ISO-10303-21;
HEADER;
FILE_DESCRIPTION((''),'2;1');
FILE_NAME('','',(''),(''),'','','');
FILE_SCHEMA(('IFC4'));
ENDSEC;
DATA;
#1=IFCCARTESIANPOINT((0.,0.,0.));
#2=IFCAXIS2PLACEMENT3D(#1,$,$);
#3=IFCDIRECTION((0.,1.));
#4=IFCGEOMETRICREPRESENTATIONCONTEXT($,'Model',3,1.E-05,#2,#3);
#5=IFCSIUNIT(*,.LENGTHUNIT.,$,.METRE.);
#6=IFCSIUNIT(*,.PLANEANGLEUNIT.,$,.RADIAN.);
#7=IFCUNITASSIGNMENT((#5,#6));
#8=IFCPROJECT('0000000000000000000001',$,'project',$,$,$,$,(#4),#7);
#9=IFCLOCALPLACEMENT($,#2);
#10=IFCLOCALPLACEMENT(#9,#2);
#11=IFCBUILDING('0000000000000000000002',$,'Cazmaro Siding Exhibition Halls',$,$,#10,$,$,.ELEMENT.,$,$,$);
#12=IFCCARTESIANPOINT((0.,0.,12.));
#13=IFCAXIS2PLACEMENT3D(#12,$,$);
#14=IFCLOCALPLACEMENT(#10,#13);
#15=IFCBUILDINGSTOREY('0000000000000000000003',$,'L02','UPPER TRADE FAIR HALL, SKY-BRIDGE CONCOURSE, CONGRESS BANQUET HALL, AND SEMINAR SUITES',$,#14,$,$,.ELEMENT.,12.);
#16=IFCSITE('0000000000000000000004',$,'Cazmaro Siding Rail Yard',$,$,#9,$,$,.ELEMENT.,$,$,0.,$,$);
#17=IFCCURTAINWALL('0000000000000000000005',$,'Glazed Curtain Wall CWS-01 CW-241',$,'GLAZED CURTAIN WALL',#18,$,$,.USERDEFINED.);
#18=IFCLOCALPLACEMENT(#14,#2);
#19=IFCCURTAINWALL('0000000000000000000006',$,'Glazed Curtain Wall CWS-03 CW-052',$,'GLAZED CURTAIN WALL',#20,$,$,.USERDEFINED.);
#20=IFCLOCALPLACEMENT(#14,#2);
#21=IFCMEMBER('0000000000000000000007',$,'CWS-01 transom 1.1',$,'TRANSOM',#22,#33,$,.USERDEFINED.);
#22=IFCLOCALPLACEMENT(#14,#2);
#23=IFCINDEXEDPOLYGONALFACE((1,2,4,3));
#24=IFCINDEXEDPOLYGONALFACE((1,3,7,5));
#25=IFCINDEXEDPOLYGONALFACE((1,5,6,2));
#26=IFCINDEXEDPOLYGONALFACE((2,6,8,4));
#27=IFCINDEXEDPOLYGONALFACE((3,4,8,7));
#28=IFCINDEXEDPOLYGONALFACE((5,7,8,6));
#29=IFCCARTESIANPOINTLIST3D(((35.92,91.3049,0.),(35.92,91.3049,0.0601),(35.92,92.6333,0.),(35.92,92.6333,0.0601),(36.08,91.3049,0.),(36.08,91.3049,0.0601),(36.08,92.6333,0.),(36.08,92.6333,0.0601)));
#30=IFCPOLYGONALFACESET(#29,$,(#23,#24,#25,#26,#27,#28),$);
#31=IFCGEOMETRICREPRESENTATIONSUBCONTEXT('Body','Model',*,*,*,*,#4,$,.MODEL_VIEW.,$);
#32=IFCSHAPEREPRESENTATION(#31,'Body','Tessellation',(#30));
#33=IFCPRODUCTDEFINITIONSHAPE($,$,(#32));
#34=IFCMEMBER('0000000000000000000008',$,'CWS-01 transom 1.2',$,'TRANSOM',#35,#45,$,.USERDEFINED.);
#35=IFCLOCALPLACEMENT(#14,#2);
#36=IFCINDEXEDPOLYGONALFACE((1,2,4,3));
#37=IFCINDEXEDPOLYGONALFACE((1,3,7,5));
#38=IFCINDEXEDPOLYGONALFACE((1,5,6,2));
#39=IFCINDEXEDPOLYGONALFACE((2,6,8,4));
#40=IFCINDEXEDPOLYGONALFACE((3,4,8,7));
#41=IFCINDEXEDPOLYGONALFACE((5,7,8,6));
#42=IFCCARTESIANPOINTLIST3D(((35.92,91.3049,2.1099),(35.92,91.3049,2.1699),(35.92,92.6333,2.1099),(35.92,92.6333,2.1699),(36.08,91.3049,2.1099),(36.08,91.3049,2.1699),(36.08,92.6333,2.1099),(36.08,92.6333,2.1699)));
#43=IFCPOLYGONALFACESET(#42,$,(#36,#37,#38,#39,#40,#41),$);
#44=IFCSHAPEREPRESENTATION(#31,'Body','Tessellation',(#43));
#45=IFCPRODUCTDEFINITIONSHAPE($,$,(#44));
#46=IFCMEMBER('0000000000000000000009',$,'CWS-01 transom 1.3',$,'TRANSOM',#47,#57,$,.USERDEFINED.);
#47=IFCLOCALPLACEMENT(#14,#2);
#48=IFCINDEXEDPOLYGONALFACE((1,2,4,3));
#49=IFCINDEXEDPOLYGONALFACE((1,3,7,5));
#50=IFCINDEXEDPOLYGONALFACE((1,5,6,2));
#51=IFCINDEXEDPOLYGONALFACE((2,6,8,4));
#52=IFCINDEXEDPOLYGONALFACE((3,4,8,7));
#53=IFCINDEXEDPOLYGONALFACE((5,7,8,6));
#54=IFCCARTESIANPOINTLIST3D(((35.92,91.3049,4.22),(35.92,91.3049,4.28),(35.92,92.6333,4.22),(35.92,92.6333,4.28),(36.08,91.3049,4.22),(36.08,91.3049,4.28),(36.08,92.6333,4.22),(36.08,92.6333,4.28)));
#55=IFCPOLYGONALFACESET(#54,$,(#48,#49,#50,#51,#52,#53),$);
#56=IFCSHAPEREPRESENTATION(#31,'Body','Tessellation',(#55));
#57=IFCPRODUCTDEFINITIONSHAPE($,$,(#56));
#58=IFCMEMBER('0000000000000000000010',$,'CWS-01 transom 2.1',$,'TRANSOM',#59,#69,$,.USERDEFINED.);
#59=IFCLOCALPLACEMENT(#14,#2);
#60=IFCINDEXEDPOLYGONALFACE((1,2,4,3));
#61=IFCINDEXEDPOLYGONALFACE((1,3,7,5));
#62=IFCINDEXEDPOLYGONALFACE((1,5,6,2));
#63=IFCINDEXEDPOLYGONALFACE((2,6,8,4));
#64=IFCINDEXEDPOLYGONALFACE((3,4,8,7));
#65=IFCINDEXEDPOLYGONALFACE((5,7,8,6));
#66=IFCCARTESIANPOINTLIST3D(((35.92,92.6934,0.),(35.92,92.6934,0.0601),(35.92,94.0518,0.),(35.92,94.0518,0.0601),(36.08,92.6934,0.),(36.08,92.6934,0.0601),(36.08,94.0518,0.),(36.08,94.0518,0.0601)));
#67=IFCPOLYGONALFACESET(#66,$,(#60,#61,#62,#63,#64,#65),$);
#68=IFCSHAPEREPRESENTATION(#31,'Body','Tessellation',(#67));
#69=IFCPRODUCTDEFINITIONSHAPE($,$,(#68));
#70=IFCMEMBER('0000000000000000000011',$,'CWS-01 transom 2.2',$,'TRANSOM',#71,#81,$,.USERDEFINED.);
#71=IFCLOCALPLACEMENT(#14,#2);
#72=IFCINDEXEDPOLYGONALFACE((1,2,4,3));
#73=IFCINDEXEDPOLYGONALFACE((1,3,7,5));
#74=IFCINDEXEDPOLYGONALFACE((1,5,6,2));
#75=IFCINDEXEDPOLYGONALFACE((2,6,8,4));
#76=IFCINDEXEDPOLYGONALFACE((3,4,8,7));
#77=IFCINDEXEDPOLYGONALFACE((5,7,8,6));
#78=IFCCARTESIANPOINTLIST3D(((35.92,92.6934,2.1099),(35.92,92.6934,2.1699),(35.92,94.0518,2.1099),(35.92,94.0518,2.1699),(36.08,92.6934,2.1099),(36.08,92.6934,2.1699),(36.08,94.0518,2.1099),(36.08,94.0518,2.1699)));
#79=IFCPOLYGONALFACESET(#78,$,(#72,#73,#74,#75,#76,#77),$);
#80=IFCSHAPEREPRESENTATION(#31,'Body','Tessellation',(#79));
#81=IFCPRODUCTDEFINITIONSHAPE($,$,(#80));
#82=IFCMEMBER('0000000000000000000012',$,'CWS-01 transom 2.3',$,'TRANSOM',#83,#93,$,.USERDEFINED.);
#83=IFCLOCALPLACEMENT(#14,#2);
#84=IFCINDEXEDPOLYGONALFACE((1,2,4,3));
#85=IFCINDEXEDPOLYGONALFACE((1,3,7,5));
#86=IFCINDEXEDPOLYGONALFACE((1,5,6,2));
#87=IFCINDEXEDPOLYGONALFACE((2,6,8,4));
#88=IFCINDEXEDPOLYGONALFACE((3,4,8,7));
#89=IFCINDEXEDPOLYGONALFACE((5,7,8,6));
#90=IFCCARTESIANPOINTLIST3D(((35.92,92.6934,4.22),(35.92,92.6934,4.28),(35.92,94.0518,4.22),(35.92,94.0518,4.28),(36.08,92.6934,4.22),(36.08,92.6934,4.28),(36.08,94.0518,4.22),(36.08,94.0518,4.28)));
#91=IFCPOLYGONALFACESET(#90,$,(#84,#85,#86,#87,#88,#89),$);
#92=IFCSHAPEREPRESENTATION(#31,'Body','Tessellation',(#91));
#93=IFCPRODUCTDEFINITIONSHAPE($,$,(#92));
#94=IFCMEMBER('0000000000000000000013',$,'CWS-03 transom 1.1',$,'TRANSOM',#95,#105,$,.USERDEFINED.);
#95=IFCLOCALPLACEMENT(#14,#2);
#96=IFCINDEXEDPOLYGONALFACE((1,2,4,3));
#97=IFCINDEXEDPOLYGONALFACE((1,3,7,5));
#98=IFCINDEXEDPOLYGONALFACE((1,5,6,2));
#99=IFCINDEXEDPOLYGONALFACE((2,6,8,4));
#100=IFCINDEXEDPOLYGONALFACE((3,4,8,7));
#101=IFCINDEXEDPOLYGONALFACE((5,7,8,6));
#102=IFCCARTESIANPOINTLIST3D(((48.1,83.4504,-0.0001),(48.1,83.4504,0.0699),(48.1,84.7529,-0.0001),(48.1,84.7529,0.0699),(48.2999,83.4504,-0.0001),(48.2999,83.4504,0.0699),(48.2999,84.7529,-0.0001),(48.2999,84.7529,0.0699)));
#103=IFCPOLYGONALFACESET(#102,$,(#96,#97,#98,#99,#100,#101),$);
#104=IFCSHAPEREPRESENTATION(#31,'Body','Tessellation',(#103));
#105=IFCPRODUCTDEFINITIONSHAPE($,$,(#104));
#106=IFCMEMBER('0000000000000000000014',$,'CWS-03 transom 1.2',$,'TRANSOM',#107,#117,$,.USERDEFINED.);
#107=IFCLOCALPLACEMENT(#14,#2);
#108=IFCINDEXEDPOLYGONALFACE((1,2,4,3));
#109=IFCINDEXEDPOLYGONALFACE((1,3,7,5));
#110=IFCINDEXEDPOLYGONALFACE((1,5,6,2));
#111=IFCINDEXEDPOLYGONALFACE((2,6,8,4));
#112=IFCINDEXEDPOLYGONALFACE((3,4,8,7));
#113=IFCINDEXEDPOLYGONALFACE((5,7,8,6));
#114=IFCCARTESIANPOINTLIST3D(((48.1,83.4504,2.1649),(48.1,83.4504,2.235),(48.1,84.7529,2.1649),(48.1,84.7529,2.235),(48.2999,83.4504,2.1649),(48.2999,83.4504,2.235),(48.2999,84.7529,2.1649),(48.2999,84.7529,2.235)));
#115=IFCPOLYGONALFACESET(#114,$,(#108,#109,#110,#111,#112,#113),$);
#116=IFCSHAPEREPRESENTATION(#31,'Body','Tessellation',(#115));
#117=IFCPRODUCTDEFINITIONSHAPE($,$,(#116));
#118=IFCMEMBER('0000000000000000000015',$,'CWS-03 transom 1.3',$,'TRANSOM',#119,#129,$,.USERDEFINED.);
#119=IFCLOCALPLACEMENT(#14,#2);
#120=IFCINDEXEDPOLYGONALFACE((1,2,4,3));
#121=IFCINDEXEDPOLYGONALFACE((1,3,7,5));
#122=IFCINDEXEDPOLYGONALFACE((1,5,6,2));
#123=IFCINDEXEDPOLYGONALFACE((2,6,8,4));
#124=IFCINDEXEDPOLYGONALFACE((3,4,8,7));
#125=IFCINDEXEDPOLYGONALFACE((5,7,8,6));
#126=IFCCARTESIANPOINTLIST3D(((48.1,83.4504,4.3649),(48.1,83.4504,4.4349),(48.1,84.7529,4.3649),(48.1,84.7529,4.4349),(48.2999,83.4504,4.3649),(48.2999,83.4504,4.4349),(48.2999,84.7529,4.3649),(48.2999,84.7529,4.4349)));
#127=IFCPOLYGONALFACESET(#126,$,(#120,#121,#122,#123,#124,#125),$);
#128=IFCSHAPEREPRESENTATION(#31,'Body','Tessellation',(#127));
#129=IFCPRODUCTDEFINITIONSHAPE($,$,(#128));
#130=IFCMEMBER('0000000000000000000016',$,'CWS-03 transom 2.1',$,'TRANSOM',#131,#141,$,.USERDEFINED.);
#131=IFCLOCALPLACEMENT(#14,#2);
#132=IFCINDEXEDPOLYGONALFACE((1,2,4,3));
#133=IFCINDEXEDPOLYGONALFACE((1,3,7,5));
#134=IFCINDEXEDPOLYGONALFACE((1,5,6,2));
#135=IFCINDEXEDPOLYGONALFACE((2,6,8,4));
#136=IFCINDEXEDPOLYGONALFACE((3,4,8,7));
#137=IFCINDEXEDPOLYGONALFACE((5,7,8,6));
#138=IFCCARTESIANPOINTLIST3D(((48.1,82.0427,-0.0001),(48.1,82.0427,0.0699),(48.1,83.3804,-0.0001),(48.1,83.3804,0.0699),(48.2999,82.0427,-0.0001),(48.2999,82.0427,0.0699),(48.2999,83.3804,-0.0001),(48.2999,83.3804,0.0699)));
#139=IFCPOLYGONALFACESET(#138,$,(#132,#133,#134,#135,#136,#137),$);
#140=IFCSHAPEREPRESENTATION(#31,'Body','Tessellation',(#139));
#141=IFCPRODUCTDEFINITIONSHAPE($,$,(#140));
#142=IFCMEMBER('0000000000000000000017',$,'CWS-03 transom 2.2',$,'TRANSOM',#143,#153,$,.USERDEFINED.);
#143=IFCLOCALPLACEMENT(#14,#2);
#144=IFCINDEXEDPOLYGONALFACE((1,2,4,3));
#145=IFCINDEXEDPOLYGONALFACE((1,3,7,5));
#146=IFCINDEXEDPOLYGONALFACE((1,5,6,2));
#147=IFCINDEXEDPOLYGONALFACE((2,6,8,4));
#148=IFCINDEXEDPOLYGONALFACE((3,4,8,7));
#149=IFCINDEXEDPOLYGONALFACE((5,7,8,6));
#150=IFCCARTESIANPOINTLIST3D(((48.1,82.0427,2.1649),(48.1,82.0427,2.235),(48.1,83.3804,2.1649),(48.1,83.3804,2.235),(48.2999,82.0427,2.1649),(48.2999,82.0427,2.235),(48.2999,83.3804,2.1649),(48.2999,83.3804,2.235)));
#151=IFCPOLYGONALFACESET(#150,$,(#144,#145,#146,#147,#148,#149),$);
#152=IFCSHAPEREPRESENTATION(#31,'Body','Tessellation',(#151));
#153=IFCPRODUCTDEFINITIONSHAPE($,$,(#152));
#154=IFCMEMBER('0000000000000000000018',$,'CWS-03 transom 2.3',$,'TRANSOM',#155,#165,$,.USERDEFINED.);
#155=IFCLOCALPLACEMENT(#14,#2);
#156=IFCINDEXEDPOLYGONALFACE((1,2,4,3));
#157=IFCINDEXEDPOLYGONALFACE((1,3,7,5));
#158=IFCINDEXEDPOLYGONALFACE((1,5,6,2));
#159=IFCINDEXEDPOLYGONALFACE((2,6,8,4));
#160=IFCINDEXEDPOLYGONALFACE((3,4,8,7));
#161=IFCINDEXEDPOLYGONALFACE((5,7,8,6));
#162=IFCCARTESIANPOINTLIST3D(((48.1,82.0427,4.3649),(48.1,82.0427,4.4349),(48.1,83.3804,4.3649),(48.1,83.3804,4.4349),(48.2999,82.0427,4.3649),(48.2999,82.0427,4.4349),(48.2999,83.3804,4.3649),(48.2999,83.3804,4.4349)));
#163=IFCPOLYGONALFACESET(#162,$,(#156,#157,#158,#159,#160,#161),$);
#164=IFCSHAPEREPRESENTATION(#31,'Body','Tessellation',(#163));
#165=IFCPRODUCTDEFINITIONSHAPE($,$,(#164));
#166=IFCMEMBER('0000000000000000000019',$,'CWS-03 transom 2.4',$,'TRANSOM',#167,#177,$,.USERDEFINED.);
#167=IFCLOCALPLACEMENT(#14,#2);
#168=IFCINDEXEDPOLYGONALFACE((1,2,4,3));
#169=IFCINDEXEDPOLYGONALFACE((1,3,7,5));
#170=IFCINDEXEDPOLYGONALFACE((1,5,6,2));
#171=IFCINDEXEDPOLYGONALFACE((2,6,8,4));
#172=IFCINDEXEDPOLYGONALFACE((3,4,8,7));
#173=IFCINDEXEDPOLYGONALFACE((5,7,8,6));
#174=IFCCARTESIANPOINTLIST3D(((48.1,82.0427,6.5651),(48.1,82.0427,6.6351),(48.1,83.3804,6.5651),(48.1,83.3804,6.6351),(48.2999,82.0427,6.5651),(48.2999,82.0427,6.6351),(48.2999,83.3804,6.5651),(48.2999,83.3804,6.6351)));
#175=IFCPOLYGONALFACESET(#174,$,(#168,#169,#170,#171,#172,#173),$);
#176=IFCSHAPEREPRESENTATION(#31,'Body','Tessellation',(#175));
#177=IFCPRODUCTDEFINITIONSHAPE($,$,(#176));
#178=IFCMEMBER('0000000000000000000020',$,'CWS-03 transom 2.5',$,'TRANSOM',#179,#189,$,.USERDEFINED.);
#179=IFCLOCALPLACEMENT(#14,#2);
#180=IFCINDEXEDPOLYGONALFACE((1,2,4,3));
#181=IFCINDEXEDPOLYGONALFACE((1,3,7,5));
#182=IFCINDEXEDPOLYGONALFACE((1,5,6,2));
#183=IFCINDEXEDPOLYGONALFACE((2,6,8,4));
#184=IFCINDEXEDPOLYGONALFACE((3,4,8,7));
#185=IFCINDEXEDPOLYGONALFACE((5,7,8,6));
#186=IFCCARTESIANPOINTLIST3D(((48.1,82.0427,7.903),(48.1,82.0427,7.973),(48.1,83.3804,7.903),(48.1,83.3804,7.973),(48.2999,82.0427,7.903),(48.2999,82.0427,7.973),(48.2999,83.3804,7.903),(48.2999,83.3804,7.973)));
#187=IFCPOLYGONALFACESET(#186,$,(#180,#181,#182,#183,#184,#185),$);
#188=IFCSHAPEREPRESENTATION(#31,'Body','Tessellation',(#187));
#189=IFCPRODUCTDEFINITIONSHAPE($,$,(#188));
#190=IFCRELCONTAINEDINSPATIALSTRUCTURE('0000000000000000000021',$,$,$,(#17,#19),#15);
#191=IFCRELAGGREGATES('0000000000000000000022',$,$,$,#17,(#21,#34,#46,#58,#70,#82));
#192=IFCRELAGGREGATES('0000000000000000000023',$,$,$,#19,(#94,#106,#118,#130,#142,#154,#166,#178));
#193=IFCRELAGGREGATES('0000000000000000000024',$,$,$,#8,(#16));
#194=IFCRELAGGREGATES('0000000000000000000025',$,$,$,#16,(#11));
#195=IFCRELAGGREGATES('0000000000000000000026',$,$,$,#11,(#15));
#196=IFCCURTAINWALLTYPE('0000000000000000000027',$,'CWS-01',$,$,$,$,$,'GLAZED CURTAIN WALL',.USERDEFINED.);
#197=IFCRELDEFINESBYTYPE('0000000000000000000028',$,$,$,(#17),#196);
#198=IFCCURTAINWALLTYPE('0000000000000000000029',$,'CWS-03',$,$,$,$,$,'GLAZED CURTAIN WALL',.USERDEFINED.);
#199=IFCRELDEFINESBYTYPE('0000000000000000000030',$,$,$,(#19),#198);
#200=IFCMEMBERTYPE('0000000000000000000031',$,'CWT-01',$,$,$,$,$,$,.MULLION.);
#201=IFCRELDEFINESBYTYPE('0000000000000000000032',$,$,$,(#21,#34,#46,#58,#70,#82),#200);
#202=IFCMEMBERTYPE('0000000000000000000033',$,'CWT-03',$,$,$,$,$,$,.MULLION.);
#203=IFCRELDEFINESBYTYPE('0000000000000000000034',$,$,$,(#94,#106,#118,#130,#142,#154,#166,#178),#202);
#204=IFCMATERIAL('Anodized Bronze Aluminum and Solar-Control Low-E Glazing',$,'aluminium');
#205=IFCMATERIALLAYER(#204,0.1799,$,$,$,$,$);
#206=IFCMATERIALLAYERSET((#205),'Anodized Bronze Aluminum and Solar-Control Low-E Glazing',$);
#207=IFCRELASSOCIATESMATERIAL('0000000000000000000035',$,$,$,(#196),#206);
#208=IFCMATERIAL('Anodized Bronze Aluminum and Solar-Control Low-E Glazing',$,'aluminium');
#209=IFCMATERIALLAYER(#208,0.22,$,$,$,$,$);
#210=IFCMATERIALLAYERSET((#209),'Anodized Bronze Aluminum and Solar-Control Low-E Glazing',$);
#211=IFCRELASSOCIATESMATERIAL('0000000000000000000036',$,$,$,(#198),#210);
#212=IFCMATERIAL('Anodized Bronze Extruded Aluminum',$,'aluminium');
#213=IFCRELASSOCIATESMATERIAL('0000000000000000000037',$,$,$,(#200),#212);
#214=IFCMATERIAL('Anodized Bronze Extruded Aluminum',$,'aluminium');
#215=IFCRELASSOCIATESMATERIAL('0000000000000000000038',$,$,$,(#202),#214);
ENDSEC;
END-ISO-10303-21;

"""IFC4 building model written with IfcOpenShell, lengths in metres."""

from ifc_helpers import new_model, si_unit, direction, frame, origin, origin_2d, place, context, subcontext, project, spatial, rectangle, extrude, material, layer, layer_set, material_profile, profile_set, type_object, element, aggregate, save


model = new_model("IFC4")

# Units and contexts
model_context = context("Model", 3, precision=1e-05, world=origin(), true_north=direction((0.0, 1.0)))
body_context = subcontext(model_context, "Body", "Model", "MODEL_VIEW")
ifc_project = project(units=[si_unit("LENGTHUNIT", "METRE"), si_unit("PLANEANGLEUNIT", "RADIAN")], contexts=[model_context])

# Site, building, storey
site_placement = place(None, origin())
site = spatial("IfcSite", under=ifc_project, at=site_placement, Name="Cazmaro Siding Rail Yard", CompositionType="ELEMENT", RefElevation=0.0)
building_placement = place(site_placement, origin())
building = spatial("IfcBuilding", under=site, at=building_placement, Name="Cazmaro Siding Exhibition Halls", CompositionType="ELEMENT")
storey_placement = place(building_placement, frame((0.0, 0.0, 12.0)))
storey = spatial("IfcBuildingStorey", under=building, at=storey_placement, Name="L02", Description="UPPER TRADE FAIR HALL, SKY-BRIDGE CONCOURSE, CONGRESS BANQUET HALL, AND SEMINAR SUITES", CompositionType="ELEMENT", Elevation=12.0)

# Curtain walls
ifc_material_1 = material(Name="Anodized Bronze Aluminum and Solar-Control Low-E Glazing", Category="aluminium")
ifc_layer_1 = layer(ifc_material_1, 0.1799)
ifc_layer_set_1 = layer_set([ifc_layer_1], Name="Anodized Bronze Aluminum and Solar-Control Low-E Glazing")
curtain_wall_type_1 = type_object("IfcCurtainWallType", Name="CWS-01", ElementType="GLAZED CURTAIN WALL", PredefinedType="USERDEFINED", material=ifc_layer_set_1)
curtain_wall_1_placement = place(storey_placement, origin())
curtain_wall_1 = element("IfcCurtainWall", 1, at=curtain_wall_1_placement, inside=storey, type_object=curtain_wall_type_1, Name="Glazed Curtain Wall CWS-01 CW-241", ObjectType="GLAZED CURTAIN WALL", PredefinedType="USERDEFINED")
ifc_material_2 = material(Name="Anodized Bronze Aluminum and Solar-Control Low-E Glazing", Category="aluminium")
ifc_layer_2 = layer(ifc_material_2, 0.22)
ifc_layer_set_2 = layer_set([ifc_layer_2], Name="Anodized Bronze Aluminum and Solar-Control Low-E Glazing")
curtain_wall_type_2 = type_object("IfcCurtainWallType", Name="CWS-03", ElementType="GLAZED CURTAIN WALL", PredefinedType="USERDEFINED", material=ifc_layer_set_2)
curtain_wall_2_placement = place(storey_placement, origin())
curtain_wall_2 = element("IfcCurtainWall", 2, at=curtain_wall_2_placement, inside=storey, type_object=curtain_wall_type_2, Name="Glazed Curtain Wall CWS-03 CW-052", ObjectType="GLAZED CURTAIN WALL", PredefinedType="USERDEFINED")

# Members
ifc_material_3 = material(Name="Anodized Bronze Extruded Aluminum", Category="aluminium")
ifc_material_profile_1 = material_profile(ifc_material_3, rectangle(XDim=0.1599, YDim=0.0601, at=origin_2d()), Name="CWT-01")
ifc_profile_set_1 = profile_set([ifc_material_profile_1], Name="Anodized Bronze Extruded Aluminum")
member_type_1 = type_object("IfcMemberType", Name="CWT-01", PredefinedType="MULLION", material=ifc_profile_set_1)
member_1_placement = place(storey_placement, frame((36.0, 91.3049, 0.03), z_axis=(0.0, 1.0, 0.0), x_axis=(-1.0, 0.0, 0.0)))
member_1 = element("IfcMember", 3, at=member_1_placement, type_object=member_type_1, Name="CWS-01 transom 1.1", ObjectType="TRANSOM", PredefinedType="USERDEFINED", context=body_context, shape_type="SweptSolid", body=[
    extrude(rectangle(XDim=0.1599, YDim=0.0601, at=origin_2d()), origin(), (0.0, 0.0, 1.0), 1.3284),
])
member_2_placement = place(storey_placement, frame((36.0, 91.3049, 2.1399), z_axis=(0.0, 1.0, 0.0), x_axis=(-1.0, 0.0, 0.0)))
member_2 = element("IfcMember", 4, at=member_2_placement, type_object=member_type_1, Name="CWS-01 transom 1.2", ObjectType="TRANSOM", PredefinedType="USERDEFINED", context=body_context, shape_type="SweptSolid", body=[
    extrude(rectangle(XDim=0.1599, YDim=0.0601, at=origin_2d()), origin(), (0.0, 0.0, 1.0), 1.3284),
])
member_3_placement = place(storey_placement, frame((36.0, 91.3049, 4.25), z_axis=(0.0, 1.0, 0.0), x_axis=(-1.0, 0.0, 0.0)))
member_3 = element("IfcMember", 5, at=member_3_placement, type_object=member_type_1, Name="CWS-01 transom 1.3", ObjectType="TRANSOM", PredefinedType="USERDEFINED", context=body_context, shape_type="SweptSolid", body=[
    extrude(rectangle(XDim=0.1599, YDim=0.0601, at=origin_2d()), origin(), (0.0, 0.0, 1.0), 1.3284),
])
member_4_placement = place(storey_placement, frame((36.0, 92.6934, 0.03), z_axis=(0.0, 1.0, 0.0), x_axis=(-1.0, 0.0, 0.0)))
member_4 = element("IfcMember", 6, at=member_4_placement, type_object=member_type_1, Name="CWS-01 transom 2.1", ObjectType="TRANSOM", PredefinedType="USERDEFINED", context=body_context, shape_type="SweptSolid", body=[
    extrude(rectangle(XDim=0.1599, YDim=0.0601, at=origin_2d()), origin(), (0.0, 0.0, 1.0), 1.3584),
])
member_5_placement = place(storey_placement, frame((36.0, 92.6934, 2.1399), z_axis=(0.0, 1.0, 0.0), x_axis=(-1.0, 0.0, 0.0)))
member_5 = element("IfcMember", 7, at=member_5_placement, type_object=member_type_1, Name="CWS-01 transom 2.2", ObjectType="TRANSOM", PredefinedType="USERDEFINED", context=body_context, shape_type="SweptSolid", body=[
    extrude(rectangle(XDim=0.1599, YDim=0.0601, at=origin_2d()), origin(), (0.0, 0.0, 1.0), 1.3584),
])
member_6_placement = place(storey_placement, frame((36.0, 92.6934, 4.25), z_axis=(0.0, 1.0, 0.0), x_axis=(-1.0, 0.0, 0.0)))
member_6 = element("IfcMember", 8, at=member_6_placement, type_object=member_type_1, Name="CWS-01 transom 2.3", ObjectType="TRANSOM", PredefinedType="USERDEFINED", context=body_context, shape_type="SweptSolid", body=[
    extrude(rectangle(XDim=0.1599, YDim=0.0601, at=origin_2d()), origin(), (0.0, 0.0, 1.0), 1.3584),
])
ifc_material_4 = material(Name="Anodized Bronze Extruded Aluminum", Category="aluminium")
ifc_material_profile_2 = material_profile(ifc_material_4, rectangle(XDim=0.2, YDim=0.0701, at=origin_2d()), Name="CWT-03")
ifc_profile_set_2 = profile_set([ifc_material_profile_2], Name="Anodized Bronze Extruded Aluminum")
member_type_2 = type_object("IfcMemberType", Name="CWT-03", PredefinedType="MULLION", material=ifc_profile_set_2)
member_7_placement = place(storey_placement, frame((48.2, 84.7529, 0.0349), z_axis=(0.0, -1.0, 0.0), x_axis=(1.0, 0.0, 0.0)))
member_7 = element("IfcMember", 9, at=member_7_placement, type_object=member_type_2, Name="CWS-03 transom 1.1", ObjectType="TRANSOM", PredefinedType="USERDEFINED", context=body_context, shape_type="SweptSolid", body=[
    extrude(rectangle(XDim=0.2, YDim=0.0701, at=origin_2d()), origin(), (0.0, 0.0, 1.0), 1.3025),
])
member_8_placement = place(storey_placement, frame((48.2, 84.7529, 2.2), z_axis=(0.0, -1.0, 0.0), x_axis=(1.0, 0.0, 0.0)))
member_8 = element("IfcMember", 10, at=member_8_placement, type_object=member_type_2, Name="CWS-03 transom 1.2", ObjectType="TRANSOM", PredefinedType="USERDEFINED", context=body_context, shape_type="SweptSolid", body=[
    extrude(rectangle(XDim=0.2, YDim=0.0701, at=origin_2d()), origin(), (0.0, 0.0, 1.0), 1.3025),
])
member_9_placement = place(storey_placement, frame((48.2, 84.7529, 4.3999), z_axis=(0.0, -1.0, 0.0), x_axis=(1.0, 0.0, 0.0)))
member_9 = element("IfcMember", 11, at=member_9_placement, type_object=member_type_2, Name="CWS-03 transom 1.3", ObjectType="TRANSOM", PredefinedType="USERDEFINED", context=body_context, shape_type="SweptSolid", body=[
    extrude(rectangle(XDim=0.2, YDim=0.0701, at=origin_2d()), origin(), (0.0, 0.0, 1.0), 1.3025),
])
member_10_placement = place(storey_placement, frame((48.2, 83.3804, 0.0349), z_axis=(0.0, -1.0, 0.0), x_axis=(1.0, 0.0, 0.0)))
member_10 = element("IfcMember", 12, at=member_10_placement, type_object=member_type_2, Name="CWS-03 transom 2.1", ObjectType="TRANSOM", PredefinedType="USERDEFINED", context=body_context, shape_type="SweptSolid", body=[
    extrude(rectangle(XDim=0.2, YDim=0.0701, at=origin_2d()), origin(), (0.0, 0.0, 1.0), 1.3376),
])
member_11_placement = place(storey_placement, frame((48.2, 83.3804, 2.2), z_axis=(0.0, -1.0, 0.0), x_axis=(1.0, 0.0, 0.0)))
member_11 = element("IfcMember", 13, at=member_11_placement, type_object=member_type_2, Name="CWS-03 transom 2.2", ObjectType="TRANSOM", PredefinedType="USERDEFINED", context=body_context, shape_type="SweptSolid", body=[
    extrude(rectangle(XDim=0.2, YDim=0.0701, at=origin_2d()), origin(), (0.0, 0.0, 1.0), 1.3376),
])
member_12_placement = place(storey_placement, frame((48.2, 83.3804, 4.3999), z_axis=(0.0, -1.0, 0.0), x_axis=(1.0, 0.0, 0.0)))
member_12 = element("IfcMember", 14, at=member_12_placement, type_object=member_type_2, Name="CWS-03 transom 2.3", ObjectType="TRANSOM", PredefinedType="USERDEFINED", context=body_context, shape_type="SweptSolid", body=[
    extrude(rectangle(XDim=0.2, YDim=0.0701, at=origin_2d()), origin(), (0.0, 0.0, 1.0), 1.3376),
])
member_13_placement = place(storey_placement, frame((48.2, 83.3804, 6.6001), z_axis=(0.0, -1.0, 0.0), x_axis=(1.0, 0.0, 0.0)))
member_13 = element("IfcMember", 15, at=member_13_placement, type_object=member_type_2, Name="CWS-03 transom 2.4", ObjectType="TRANSOM", PredefinedType="USERDEFINED", context=body_context, shape_type="SweptSolid", body=[
    extrude(rectangle(XDim=0.2, YDim=0.0701, at=origin_2d()), origin(), (0.0, 0.0, 1.0), 1.3376),
])
member_14_placement = place(storey_placement, frame((48.2, 83.3804, 7.938), z_axis=(0.0, -1.0, 0.0), x_axis=(1.0, 0.0, 0.0)))
member_14 = element("IfcMember", 16, at=member_14_placement, type_object=member_type_2, Name="CWS-03 transom 2.5", ObjectType="TRANSOM", PredefinedType="USERDEFINED", context=body_context, shape_type="SweptSolid", body=[
    extrude(rectangle(XDim=0.2, YDim=0.0701, at=origin_2d()), origin(), (0.0, 0.0, 1.0), 1.3376),
])

aggregate(curtain_wall_1, [member_1, member_2, member_3, member_4, member_5, member_6])
aggregate(curtain_wall_2, [member_7, member_8, member_9, member_10, member_11, member_12, member_13, member_14])

save(model, "model.ifc")
